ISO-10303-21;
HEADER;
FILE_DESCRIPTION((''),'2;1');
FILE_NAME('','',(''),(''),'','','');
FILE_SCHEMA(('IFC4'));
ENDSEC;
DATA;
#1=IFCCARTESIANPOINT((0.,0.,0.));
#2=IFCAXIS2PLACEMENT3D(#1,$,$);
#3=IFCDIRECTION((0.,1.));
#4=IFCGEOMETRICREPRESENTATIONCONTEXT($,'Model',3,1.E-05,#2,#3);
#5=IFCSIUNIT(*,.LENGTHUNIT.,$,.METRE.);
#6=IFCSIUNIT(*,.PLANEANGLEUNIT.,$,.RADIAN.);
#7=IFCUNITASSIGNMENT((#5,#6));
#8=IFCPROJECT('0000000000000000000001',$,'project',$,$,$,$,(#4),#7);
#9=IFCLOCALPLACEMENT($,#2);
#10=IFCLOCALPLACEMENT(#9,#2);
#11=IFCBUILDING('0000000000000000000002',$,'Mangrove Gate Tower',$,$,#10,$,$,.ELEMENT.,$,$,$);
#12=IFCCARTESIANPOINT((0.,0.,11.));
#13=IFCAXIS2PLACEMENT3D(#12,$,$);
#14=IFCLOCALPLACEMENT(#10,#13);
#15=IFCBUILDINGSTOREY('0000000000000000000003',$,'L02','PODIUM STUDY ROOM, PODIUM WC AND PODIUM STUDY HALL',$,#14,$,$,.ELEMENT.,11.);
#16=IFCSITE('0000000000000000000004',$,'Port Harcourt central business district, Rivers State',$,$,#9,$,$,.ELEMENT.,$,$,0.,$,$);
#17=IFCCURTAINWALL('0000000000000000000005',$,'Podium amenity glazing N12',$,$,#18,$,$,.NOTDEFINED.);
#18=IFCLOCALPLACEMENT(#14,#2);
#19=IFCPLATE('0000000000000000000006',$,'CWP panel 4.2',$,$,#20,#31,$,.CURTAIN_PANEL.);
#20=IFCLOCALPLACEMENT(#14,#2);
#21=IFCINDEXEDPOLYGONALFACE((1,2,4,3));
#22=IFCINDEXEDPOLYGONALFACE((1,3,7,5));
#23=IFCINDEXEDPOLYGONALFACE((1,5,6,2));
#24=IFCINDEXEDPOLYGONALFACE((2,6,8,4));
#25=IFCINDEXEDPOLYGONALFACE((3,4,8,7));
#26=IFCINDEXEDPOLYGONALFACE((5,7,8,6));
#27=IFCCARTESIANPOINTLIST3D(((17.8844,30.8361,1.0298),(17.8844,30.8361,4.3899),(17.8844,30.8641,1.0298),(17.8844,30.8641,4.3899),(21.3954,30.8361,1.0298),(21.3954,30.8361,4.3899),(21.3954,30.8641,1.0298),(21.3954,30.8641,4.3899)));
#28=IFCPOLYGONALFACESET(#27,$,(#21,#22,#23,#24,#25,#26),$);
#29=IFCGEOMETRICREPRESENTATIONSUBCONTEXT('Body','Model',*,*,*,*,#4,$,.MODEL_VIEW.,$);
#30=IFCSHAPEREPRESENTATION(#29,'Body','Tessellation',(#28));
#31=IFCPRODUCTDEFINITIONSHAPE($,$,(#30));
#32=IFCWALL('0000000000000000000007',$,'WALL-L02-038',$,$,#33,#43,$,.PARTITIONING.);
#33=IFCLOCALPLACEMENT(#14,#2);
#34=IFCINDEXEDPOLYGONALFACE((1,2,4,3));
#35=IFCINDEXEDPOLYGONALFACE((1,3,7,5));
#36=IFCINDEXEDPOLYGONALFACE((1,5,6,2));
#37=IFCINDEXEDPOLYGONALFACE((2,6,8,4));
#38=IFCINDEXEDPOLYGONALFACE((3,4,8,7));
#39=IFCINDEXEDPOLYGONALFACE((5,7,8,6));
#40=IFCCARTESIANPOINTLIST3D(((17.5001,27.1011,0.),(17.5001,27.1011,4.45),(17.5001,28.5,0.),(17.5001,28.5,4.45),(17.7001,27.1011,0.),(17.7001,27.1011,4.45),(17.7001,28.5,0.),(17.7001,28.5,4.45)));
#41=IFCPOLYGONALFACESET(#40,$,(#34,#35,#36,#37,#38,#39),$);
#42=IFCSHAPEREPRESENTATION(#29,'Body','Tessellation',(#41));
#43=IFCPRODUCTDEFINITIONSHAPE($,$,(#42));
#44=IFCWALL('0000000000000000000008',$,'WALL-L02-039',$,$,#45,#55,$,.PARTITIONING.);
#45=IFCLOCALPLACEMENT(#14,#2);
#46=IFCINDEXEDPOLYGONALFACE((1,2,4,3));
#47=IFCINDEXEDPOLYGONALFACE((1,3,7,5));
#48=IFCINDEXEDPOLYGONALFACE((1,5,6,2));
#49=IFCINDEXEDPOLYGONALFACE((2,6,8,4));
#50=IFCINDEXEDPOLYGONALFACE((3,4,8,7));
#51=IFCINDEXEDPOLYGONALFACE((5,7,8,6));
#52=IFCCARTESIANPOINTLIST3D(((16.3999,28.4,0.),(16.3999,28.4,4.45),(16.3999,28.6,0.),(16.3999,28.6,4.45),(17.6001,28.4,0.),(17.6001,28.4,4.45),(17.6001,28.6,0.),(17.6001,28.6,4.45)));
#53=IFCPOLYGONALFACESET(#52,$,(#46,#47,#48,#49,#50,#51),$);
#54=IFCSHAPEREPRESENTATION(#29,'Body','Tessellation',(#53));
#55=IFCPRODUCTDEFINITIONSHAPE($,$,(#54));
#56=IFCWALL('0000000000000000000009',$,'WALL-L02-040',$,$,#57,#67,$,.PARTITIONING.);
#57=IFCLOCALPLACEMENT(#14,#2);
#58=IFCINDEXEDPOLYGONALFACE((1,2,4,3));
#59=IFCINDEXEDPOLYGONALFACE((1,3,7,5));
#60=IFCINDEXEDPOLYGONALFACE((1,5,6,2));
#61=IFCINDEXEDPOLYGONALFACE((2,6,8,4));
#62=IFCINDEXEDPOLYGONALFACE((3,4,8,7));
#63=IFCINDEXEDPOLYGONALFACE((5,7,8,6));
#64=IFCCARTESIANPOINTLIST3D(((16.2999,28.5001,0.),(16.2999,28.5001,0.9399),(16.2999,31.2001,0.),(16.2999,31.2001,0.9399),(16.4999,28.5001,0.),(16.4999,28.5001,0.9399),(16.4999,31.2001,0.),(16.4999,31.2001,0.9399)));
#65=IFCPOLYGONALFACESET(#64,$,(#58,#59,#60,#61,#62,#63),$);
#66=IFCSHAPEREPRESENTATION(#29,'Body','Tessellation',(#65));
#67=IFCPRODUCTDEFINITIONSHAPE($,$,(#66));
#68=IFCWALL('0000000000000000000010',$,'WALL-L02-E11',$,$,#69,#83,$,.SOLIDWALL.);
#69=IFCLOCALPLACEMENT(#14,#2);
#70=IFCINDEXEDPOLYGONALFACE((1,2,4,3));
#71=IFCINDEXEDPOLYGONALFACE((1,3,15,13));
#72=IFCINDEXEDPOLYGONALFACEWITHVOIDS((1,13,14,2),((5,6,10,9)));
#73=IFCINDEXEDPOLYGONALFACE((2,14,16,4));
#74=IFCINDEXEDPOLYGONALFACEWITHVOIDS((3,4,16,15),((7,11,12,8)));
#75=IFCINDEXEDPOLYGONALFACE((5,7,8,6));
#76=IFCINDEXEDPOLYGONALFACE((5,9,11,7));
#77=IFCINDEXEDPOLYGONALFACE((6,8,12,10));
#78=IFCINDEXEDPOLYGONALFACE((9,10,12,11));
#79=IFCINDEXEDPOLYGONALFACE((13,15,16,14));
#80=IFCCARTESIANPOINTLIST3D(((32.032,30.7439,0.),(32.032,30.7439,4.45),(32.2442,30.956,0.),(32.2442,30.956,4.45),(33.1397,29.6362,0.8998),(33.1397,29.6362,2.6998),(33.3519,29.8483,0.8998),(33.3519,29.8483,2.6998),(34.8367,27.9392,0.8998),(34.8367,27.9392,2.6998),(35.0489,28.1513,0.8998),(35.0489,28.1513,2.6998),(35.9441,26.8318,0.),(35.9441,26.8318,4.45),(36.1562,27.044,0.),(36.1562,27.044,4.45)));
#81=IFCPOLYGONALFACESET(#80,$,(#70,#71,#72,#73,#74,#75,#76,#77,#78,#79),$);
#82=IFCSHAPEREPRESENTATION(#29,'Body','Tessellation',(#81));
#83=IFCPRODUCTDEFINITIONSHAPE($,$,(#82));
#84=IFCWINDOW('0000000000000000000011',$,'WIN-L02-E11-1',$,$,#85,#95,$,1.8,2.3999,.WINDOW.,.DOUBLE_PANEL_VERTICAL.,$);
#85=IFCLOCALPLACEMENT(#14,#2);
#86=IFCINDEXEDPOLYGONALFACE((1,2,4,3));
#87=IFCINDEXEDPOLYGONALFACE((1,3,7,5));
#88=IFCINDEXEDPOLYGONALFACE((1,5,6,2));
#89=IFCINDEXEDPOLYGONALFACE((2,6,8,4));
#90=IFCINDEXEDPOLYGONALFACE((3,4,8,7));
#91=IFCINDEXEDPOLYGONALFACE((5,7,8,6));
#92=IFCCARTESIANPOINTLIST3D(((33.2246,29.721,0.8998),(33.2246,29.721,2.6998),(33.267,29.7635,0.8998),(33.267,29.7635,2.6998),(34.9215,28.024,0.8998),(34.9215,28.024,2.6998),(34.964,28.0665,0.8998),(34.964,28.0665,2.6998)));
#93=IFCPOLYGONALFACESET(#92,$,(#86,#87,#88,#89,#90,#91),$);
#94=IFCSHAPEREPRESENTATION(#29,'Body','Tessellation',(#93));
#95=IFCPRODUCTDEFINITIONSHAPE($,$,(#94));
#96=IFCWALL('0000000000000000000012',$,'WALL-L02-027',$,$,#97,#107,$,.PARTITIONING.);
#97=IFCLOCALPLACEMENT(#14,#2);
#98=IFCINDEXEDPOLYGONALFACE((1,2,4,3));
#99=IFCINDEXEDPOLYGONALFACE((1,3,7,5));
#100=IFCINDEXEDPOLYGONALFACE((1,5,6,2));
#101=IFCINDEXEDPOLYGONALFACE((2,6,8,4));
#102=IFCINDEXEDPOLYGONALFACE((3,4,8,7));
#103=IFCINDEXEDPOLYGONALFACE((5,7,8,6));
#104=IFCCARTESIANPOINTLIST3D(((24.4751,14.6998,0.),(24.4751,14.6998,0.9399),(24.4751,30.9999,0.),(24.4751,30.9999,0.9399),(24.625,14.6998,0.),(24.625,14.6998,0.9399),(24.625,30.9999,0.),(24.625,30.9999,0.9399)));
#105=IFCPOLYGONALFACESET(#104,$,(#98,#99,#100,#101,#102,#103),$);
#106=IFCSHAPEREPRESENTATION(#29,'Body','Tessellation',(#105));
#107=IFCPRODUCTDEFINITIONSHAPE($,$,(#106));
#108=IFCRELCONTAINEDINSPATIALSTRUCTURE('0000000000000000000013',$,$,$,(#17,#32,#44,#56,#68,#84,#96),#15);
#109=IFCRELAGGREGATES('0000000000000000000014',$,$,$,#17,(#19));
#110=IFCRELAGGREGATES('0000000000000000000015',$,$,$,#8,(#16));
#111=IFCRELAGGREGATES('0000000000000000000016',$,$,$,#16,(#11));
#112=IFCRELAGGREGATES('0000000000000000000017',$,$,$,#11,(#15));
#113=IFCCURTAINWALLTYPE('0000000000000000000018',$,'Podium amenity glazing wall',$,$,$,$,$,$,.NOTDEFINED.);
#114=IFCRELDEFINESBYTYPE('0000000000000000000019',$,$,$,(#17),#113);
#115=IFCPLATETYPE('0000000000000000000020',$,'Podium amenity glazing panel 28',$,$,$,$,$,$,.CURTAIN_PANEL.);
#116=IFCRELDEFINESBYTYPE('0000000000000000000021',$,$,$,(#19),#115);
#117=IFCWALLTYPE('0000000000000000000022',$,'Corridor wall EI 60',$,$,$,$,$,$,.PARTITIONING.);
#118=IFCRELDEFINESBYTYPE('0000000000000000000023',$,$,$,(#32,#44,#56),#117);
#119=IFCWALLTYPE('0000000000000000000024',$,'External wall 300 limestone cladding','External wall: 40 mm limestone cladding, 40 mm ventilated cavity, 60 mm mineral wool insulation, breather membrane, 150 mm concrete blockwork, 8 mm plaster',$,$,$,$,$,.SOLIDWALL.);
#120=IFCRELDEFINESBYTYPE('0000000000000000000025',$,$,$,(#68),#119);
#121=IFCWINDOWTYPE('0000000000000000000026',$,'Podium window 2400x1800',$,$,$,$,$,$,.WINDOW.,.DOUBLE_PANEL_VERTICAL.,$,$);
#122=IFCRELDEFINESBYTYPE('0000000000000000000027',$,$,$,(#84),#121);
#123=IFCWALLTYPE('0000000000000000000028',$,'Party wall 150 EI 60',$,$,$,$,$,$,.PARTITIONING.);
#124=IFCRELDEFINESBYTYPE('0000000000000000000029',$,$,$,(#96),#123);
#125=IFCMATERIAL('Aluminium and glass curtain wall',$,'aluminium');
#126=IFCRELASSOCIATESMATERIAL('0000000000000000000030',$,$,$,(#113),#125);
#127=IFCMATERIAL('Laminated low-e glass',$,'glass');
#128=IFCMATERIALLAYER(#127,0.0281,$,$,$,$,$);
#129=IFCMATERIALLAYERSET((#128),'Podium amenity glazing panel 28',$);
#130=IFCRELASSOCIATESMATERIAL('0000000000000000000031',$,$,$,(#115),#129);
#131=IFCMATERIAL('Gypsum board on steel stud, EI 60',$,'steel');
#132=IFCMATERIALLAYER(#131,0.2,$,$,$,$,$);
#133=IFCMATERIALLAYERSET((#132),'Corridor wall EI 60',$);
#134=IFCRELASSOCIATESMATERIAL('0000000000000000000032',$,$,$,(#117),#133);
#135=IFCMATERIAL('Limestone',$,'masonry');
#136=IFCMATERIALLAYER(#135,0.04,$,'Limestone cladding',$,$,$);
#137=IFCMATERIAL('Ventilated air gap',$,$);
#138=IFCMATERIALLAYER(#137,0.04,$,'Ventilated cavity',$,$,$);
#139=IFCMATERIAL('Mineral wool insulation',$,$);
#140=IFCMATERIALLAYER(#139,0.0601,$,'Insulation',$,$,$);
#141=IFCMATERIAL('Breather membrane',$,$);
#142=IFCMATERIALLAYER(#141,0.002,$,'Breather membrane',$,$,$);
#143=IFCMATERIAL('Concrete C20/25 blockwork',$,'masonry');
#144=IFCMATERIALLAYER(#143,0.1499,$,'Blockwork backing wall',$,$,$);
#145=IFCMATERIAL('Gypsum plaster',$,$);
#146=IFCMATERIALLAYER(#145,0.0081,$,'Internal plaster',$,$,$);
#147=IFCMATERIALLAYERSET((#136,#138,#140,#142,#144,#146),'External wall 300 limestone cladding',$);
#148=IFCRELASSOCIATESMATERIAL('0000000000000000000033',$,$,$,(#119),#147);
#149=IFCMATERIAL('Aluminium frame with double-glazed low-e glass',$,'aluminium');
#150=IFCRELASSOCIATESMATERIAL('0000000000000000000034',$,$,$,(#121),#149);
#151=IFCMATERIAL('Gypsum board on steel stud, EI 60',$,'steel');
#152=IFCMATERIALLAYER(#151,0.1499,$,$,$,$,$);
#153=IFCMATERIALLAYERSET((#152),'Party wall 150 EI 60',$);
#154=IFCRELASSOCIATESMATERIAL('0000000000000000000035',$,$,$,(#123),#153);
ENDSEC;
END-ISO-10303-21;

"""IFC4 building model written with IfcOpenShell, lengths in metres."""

from ifc_helpers import new_model, si_unit, direction, frame, frame_2d, origin, origin_2d, place, context, subcontext, project, spatial, rectangle, extrude, material, layer, layer_set, type_object, element, fill, aggregate, save


model = new_model("IFC4")

# Units and contexts
model_context = context("Model", 3, precision=1e-05, world=origin(), true_north=direction((0.0, 1.0)))
body_context = subcontext(model_context, "Body", "Model", "MODEL_VIEW")
ifc_project = project(units=[si_unit("LENGTHUNIT", "METRE"), si_unit("PLANEANGLEUNIT", "RADIAN")], contexts=[model_context])

# Site, building, storey
site_placement = place(None, origin())
site = spatial("IfcSite", under=ifc_project, at=site_placement, Name="Port Harcourt central business district, Rivers State", CompositionType="ELEMENT", RefElevation=0.0)
building_placement = place(site_placement, origin())
building = spatial("IfcBuilding", under=site, at=building_placement, Name="Mangrove Gate Tower", CompositionType="ELEMENT")
storey_placement = place(building_placement, frame((0.0, 0.0, 11.0)))
storey = spatial("IfcBuildingStorey", under=building, at=storey_placement, Name="L02", Description="PODIUM STUDY ROOM, PODIUM WC AND PODIUM STUDY HALL", CompositionType="ELEMENT", Elevation=11.0)

# Curtain wall, plate
ifc_material_1 = material(Name="Aluminium and glass curtain wall", Category="aluminium")
curtain_wall_type = type_object("IfcCurtainWallType", Name="Podium amenity glazing wall", PredefinedType="NOTDEFINED", material=ifc_material_1)
curtain_wall_placement = place(storey_placement, origin())
curtain_wall = element("IfcCurtainWall", 1, at=curtain_wall_placement, inside=storey, type_object=curtain_wall_type, Name="Podium amenity glazing N12", PredefinedType="NOTDEFINED")
ifc_material_2 = material(Name="Laminated low-e glass", Category="glass")
ifc_layer_1 = layer(ifc_material_2, 0.0281)
ifc_layer_set_1 = layer_set([ifc_layer_1], Name="Podium amenity glazing panel 28")
plate_type = type_object("IfcPlateType", Name="Podium amenity glazing panel 28", PredefinedType="CURTAIN_PANEL", material=ifc_layer_set_1)
plate_1_placement = place(storey_placement, frame((19.6399, 30.8501, 1.0298), z_axis=(0.0, 0.0, 1.0), x_axis=(-1.0, 0.0, 0.0)))
plate_1 = element("IfcPlate", 2, at=plate_1_placement, type_object=plate_type, Name="CWP panel 4.2", PredefinedType="CURTAIN_PANEL", context=body_context, shape_type="SweptSolid", body=[
    extrude(rectangle(XDim=3.511, YDim=0.0281, at=origin_2d()), origin(), (0.0, 0.0, 1.0), 3.3601),
])
aggregate(curtain_wall, [plate_1])

# Walls
ifc_material_3 = material(Name="Gypsum board on steel stud, EI 60", Category="steel")
ifc_layer_2 = layer(ifc_material_3, 0.2)
ifc_layer_set_2 = layer_set([ifc_layer_2], Name="Corridor wall EI 60")
wall_type_1 = type_object("IfcWallType", Name="Corridor wall EI 60", PredefinedType="PARTITIONING", material=ifc_layer_set_2)
wall_1_placement = place(storey_placement, frame((17.6001, 27.1011, 0.0), z_axis=(0.0, 0.0, 1.0), x_axis=(0.0, 1.0, 0.0)))
element("IfcWall", 3, at=wall_1_placement, inside=storey, type_object=wall_type_1, Name="WALL-L02-038", PredefinedType="PARTITIONING", context=body_context, shape_type="SweptSolid", body=[
    extrude(rectangle(XDim=1.3989, YDim=0.2, at=frame_2d((0.6995, 0.0))), origin(), (0.0, 0.0, 1.0), 4.45),
])
wall_2_placement = place(storey_placement, frame((16.3999, 28.5, 0.0), z_axis=(0.0, 0.0, 1.0), x_axis=(1.0, 0.0, 0.0)))
element("IfcWall", 4, at=wall_2_placement, inside=storey, type_object=wall_type_1, Name="WALL-L02-039", PredefinedType="PARTITIONING", context=body_context, shape_type="SweptSolid", body=[
    extrude(rectangle(XDim=1.2002, YDim=0.2, at=frame_2d((0.6001, 0.0))), origin(), (0.0, 0.0, 1.0), 4.45),
])
wall_3_placement = place(storey_placement, frame((16.3999, 28.5, 0.0), z_axis=(0.0, 0.0, 1.0), x_axis=(0.0, 1.0, 0.0)))
element("IfcWall", 5, at=wall_3_placement, inside=storey, type_object=wall_type_1, Name="WALL-L02-040", PredefinedType="PARTITIONING", context=body_context, shape_type="SweptSolid", body=[
    extrude(rectangle(XDim=2.7, YDim=0.2, at=frame_2d((1.3501, 0.0))), origin(), (0.0, 0.0, 1.0), 0.9399),
])

# Wall, opening, window
ifc_material_4 = material(Name="Limestone", Category="masonry")
ifc_layer_3 = layer(ifc_material_4, 0.04, Name="Limestone cladding")
ifc_material_5 = material(Name="Ventilated air gap")
ifc_layer_4 = layer(ifc_material_5, 0.04, Name="Ventilated cavity")
ifc_material_6 = material(Name="Mineral wool insulation")
ifc_layer_5 = layer(ifc_material_6, 0.0601, Name="Insulation")
ifc_material_7 = material(Name="Breather membrane")
ifc_layer_6 = layer(ifc_material_7, 0.002, Name="Breather membrane")
ifc_material_8 = material(Name="Concrete C20/25 blockwork", Category="masonry")
ifc_layer_7 = layer(ifc_material_8, 0.1499, Name="Blockwork backing wall")
ifc_material_9 = material(Name="Gypsum plaster")
ifc_layer_8 = layer(ifc_material_9, 0.0081, Name="Internal plaster")
ifc_layer_set_3 = layer_set([ifc_layer_3, ifc_layer_4, ifc_layer_5, ifc_layer_6, ifc_layer_7, ifc_layer_8], Name="External wall 300 limestone cladding")
wall_type_2 = type_object("IfcWallType", Name="External wall 300 limestone cladding", Description="External wall: 40 mm limestone cladding, 40 mm ventilated cavity, 60 mm mineral wool insulation, breather membrane, 150 mm concrete blockwork, 8 mm plaster", PredefinedType="SOLIDWALL", material=ifc_layer_set_3)
wall_4_placement = place(storey_placement, frame((36.05, 26.938, 0.0), z_axis=(0.0, 0.0, 1.0), x_axis=(-0.707107, 0.707107, 0.0)))
wall_4 = element("IfcWall", 6, at=wall_4_placement, inside=storey, type_object=wall_type_2, Name="WALL-L02-E11", PredefinedType="SOLIDWALL", context=body_context, shape_type="SweptSolid", body=[
    extrude(rectangle(XDim=5.5325, YDim=0.3, at=frame_2d((2.7661, 0.0))), origin(), (0.0, 0.0, 1.0), 4.45),
])
opening_placement = place(wall_4_placement, frame((1.5659, 0.0, 0.8999)))
opening = element("IfcOpeningElement", 7, at=opening_placement, cuts=wall_4, PredefinedType="OPENING", context=body_context, shape_type="SweptSolid", body=[
    extrude(rectangle(XDim=2.3999, YDim=1.8, at=frame_2d((1.2, 0.8999))), frame((0.0, 0.1599, 0.0), z_axis=(0.0, -1.0, 0.0), x_axis=(1.0, 0.0, 0.0)), (0.0, 0.0, 1.0), 0.3201),
])
ifc_material_10 = material(Name="Aluminium frame with double-glazed low-e glass", Category="aluminium")
window_type = type_object("IfcWindowType", Name="Podium window 2400x1800", PartitioningType="DOUBLE_PANEL_VERTICAL", PredefinedType="WINDOW", material=ifc_material_10)
window_placement = place(opening_placement, origin())
window = element("IfcWindow", 8, at=window_placement, inside=storey, type_object=window_type, Name="WIN-L02-E11-1", OverallHeight=1.8, OverallWidth=2.3999, PartitioningType="DOUBLE_PANEL_VERTICAL", PredefinedType="WINDOW", context=body_context, shape_type="SweptSolid", body=[
    extrude(rectangle(XDim=2.3999, YDim=1.8, at=frame_2d((1.2, 0.8999))), frame((0.0, 0.03, 0.0), z_axis=(0.0, -1.0, 0.0), x_axis=(1.0, 0.0, 0.0)), (0.0, 0.0, 1.0), 0.0601),
])
fill(opening, window)

# Wall
ifc_material_11 = material(Name="Gypsum board on steel stud, EI 60", Category="steel")
ifc_layer_9 = layer(ifc_material_11, 0.1499)
ifc_layer_set_4 = layer_set([ifc_layer_9], Name="Party wall 150 EI 60")
wall_type_3 = type_object("IfcWallType", Name="Party wall 150 EI 60", PredefinedType="PARTITIONING", material=ifc_layer_set_4)
wall_5_placement = place(storey_placement, frame((24.55, 14.7, 0.0), z_axis=(0.0, 0.0, 1.0), x_axis=(0.0, 1.0, 0.0)))
element("IfcWall", 9, at=wall_5_placement, inside=storey, type_object=wall_type_3, Name="WALL-L02-027", PredefinedType="PARTITIONING", context=body_context, shape_type="SweptSolid", body=[
    extrude(rectangle(XDim=16.3, YDim=0.1499, at=frame_2d((8.1499, 0.0))), origin(), (0.0, 0.0, 1.0), 0.9399),
])

save(model, "model.ifc")
